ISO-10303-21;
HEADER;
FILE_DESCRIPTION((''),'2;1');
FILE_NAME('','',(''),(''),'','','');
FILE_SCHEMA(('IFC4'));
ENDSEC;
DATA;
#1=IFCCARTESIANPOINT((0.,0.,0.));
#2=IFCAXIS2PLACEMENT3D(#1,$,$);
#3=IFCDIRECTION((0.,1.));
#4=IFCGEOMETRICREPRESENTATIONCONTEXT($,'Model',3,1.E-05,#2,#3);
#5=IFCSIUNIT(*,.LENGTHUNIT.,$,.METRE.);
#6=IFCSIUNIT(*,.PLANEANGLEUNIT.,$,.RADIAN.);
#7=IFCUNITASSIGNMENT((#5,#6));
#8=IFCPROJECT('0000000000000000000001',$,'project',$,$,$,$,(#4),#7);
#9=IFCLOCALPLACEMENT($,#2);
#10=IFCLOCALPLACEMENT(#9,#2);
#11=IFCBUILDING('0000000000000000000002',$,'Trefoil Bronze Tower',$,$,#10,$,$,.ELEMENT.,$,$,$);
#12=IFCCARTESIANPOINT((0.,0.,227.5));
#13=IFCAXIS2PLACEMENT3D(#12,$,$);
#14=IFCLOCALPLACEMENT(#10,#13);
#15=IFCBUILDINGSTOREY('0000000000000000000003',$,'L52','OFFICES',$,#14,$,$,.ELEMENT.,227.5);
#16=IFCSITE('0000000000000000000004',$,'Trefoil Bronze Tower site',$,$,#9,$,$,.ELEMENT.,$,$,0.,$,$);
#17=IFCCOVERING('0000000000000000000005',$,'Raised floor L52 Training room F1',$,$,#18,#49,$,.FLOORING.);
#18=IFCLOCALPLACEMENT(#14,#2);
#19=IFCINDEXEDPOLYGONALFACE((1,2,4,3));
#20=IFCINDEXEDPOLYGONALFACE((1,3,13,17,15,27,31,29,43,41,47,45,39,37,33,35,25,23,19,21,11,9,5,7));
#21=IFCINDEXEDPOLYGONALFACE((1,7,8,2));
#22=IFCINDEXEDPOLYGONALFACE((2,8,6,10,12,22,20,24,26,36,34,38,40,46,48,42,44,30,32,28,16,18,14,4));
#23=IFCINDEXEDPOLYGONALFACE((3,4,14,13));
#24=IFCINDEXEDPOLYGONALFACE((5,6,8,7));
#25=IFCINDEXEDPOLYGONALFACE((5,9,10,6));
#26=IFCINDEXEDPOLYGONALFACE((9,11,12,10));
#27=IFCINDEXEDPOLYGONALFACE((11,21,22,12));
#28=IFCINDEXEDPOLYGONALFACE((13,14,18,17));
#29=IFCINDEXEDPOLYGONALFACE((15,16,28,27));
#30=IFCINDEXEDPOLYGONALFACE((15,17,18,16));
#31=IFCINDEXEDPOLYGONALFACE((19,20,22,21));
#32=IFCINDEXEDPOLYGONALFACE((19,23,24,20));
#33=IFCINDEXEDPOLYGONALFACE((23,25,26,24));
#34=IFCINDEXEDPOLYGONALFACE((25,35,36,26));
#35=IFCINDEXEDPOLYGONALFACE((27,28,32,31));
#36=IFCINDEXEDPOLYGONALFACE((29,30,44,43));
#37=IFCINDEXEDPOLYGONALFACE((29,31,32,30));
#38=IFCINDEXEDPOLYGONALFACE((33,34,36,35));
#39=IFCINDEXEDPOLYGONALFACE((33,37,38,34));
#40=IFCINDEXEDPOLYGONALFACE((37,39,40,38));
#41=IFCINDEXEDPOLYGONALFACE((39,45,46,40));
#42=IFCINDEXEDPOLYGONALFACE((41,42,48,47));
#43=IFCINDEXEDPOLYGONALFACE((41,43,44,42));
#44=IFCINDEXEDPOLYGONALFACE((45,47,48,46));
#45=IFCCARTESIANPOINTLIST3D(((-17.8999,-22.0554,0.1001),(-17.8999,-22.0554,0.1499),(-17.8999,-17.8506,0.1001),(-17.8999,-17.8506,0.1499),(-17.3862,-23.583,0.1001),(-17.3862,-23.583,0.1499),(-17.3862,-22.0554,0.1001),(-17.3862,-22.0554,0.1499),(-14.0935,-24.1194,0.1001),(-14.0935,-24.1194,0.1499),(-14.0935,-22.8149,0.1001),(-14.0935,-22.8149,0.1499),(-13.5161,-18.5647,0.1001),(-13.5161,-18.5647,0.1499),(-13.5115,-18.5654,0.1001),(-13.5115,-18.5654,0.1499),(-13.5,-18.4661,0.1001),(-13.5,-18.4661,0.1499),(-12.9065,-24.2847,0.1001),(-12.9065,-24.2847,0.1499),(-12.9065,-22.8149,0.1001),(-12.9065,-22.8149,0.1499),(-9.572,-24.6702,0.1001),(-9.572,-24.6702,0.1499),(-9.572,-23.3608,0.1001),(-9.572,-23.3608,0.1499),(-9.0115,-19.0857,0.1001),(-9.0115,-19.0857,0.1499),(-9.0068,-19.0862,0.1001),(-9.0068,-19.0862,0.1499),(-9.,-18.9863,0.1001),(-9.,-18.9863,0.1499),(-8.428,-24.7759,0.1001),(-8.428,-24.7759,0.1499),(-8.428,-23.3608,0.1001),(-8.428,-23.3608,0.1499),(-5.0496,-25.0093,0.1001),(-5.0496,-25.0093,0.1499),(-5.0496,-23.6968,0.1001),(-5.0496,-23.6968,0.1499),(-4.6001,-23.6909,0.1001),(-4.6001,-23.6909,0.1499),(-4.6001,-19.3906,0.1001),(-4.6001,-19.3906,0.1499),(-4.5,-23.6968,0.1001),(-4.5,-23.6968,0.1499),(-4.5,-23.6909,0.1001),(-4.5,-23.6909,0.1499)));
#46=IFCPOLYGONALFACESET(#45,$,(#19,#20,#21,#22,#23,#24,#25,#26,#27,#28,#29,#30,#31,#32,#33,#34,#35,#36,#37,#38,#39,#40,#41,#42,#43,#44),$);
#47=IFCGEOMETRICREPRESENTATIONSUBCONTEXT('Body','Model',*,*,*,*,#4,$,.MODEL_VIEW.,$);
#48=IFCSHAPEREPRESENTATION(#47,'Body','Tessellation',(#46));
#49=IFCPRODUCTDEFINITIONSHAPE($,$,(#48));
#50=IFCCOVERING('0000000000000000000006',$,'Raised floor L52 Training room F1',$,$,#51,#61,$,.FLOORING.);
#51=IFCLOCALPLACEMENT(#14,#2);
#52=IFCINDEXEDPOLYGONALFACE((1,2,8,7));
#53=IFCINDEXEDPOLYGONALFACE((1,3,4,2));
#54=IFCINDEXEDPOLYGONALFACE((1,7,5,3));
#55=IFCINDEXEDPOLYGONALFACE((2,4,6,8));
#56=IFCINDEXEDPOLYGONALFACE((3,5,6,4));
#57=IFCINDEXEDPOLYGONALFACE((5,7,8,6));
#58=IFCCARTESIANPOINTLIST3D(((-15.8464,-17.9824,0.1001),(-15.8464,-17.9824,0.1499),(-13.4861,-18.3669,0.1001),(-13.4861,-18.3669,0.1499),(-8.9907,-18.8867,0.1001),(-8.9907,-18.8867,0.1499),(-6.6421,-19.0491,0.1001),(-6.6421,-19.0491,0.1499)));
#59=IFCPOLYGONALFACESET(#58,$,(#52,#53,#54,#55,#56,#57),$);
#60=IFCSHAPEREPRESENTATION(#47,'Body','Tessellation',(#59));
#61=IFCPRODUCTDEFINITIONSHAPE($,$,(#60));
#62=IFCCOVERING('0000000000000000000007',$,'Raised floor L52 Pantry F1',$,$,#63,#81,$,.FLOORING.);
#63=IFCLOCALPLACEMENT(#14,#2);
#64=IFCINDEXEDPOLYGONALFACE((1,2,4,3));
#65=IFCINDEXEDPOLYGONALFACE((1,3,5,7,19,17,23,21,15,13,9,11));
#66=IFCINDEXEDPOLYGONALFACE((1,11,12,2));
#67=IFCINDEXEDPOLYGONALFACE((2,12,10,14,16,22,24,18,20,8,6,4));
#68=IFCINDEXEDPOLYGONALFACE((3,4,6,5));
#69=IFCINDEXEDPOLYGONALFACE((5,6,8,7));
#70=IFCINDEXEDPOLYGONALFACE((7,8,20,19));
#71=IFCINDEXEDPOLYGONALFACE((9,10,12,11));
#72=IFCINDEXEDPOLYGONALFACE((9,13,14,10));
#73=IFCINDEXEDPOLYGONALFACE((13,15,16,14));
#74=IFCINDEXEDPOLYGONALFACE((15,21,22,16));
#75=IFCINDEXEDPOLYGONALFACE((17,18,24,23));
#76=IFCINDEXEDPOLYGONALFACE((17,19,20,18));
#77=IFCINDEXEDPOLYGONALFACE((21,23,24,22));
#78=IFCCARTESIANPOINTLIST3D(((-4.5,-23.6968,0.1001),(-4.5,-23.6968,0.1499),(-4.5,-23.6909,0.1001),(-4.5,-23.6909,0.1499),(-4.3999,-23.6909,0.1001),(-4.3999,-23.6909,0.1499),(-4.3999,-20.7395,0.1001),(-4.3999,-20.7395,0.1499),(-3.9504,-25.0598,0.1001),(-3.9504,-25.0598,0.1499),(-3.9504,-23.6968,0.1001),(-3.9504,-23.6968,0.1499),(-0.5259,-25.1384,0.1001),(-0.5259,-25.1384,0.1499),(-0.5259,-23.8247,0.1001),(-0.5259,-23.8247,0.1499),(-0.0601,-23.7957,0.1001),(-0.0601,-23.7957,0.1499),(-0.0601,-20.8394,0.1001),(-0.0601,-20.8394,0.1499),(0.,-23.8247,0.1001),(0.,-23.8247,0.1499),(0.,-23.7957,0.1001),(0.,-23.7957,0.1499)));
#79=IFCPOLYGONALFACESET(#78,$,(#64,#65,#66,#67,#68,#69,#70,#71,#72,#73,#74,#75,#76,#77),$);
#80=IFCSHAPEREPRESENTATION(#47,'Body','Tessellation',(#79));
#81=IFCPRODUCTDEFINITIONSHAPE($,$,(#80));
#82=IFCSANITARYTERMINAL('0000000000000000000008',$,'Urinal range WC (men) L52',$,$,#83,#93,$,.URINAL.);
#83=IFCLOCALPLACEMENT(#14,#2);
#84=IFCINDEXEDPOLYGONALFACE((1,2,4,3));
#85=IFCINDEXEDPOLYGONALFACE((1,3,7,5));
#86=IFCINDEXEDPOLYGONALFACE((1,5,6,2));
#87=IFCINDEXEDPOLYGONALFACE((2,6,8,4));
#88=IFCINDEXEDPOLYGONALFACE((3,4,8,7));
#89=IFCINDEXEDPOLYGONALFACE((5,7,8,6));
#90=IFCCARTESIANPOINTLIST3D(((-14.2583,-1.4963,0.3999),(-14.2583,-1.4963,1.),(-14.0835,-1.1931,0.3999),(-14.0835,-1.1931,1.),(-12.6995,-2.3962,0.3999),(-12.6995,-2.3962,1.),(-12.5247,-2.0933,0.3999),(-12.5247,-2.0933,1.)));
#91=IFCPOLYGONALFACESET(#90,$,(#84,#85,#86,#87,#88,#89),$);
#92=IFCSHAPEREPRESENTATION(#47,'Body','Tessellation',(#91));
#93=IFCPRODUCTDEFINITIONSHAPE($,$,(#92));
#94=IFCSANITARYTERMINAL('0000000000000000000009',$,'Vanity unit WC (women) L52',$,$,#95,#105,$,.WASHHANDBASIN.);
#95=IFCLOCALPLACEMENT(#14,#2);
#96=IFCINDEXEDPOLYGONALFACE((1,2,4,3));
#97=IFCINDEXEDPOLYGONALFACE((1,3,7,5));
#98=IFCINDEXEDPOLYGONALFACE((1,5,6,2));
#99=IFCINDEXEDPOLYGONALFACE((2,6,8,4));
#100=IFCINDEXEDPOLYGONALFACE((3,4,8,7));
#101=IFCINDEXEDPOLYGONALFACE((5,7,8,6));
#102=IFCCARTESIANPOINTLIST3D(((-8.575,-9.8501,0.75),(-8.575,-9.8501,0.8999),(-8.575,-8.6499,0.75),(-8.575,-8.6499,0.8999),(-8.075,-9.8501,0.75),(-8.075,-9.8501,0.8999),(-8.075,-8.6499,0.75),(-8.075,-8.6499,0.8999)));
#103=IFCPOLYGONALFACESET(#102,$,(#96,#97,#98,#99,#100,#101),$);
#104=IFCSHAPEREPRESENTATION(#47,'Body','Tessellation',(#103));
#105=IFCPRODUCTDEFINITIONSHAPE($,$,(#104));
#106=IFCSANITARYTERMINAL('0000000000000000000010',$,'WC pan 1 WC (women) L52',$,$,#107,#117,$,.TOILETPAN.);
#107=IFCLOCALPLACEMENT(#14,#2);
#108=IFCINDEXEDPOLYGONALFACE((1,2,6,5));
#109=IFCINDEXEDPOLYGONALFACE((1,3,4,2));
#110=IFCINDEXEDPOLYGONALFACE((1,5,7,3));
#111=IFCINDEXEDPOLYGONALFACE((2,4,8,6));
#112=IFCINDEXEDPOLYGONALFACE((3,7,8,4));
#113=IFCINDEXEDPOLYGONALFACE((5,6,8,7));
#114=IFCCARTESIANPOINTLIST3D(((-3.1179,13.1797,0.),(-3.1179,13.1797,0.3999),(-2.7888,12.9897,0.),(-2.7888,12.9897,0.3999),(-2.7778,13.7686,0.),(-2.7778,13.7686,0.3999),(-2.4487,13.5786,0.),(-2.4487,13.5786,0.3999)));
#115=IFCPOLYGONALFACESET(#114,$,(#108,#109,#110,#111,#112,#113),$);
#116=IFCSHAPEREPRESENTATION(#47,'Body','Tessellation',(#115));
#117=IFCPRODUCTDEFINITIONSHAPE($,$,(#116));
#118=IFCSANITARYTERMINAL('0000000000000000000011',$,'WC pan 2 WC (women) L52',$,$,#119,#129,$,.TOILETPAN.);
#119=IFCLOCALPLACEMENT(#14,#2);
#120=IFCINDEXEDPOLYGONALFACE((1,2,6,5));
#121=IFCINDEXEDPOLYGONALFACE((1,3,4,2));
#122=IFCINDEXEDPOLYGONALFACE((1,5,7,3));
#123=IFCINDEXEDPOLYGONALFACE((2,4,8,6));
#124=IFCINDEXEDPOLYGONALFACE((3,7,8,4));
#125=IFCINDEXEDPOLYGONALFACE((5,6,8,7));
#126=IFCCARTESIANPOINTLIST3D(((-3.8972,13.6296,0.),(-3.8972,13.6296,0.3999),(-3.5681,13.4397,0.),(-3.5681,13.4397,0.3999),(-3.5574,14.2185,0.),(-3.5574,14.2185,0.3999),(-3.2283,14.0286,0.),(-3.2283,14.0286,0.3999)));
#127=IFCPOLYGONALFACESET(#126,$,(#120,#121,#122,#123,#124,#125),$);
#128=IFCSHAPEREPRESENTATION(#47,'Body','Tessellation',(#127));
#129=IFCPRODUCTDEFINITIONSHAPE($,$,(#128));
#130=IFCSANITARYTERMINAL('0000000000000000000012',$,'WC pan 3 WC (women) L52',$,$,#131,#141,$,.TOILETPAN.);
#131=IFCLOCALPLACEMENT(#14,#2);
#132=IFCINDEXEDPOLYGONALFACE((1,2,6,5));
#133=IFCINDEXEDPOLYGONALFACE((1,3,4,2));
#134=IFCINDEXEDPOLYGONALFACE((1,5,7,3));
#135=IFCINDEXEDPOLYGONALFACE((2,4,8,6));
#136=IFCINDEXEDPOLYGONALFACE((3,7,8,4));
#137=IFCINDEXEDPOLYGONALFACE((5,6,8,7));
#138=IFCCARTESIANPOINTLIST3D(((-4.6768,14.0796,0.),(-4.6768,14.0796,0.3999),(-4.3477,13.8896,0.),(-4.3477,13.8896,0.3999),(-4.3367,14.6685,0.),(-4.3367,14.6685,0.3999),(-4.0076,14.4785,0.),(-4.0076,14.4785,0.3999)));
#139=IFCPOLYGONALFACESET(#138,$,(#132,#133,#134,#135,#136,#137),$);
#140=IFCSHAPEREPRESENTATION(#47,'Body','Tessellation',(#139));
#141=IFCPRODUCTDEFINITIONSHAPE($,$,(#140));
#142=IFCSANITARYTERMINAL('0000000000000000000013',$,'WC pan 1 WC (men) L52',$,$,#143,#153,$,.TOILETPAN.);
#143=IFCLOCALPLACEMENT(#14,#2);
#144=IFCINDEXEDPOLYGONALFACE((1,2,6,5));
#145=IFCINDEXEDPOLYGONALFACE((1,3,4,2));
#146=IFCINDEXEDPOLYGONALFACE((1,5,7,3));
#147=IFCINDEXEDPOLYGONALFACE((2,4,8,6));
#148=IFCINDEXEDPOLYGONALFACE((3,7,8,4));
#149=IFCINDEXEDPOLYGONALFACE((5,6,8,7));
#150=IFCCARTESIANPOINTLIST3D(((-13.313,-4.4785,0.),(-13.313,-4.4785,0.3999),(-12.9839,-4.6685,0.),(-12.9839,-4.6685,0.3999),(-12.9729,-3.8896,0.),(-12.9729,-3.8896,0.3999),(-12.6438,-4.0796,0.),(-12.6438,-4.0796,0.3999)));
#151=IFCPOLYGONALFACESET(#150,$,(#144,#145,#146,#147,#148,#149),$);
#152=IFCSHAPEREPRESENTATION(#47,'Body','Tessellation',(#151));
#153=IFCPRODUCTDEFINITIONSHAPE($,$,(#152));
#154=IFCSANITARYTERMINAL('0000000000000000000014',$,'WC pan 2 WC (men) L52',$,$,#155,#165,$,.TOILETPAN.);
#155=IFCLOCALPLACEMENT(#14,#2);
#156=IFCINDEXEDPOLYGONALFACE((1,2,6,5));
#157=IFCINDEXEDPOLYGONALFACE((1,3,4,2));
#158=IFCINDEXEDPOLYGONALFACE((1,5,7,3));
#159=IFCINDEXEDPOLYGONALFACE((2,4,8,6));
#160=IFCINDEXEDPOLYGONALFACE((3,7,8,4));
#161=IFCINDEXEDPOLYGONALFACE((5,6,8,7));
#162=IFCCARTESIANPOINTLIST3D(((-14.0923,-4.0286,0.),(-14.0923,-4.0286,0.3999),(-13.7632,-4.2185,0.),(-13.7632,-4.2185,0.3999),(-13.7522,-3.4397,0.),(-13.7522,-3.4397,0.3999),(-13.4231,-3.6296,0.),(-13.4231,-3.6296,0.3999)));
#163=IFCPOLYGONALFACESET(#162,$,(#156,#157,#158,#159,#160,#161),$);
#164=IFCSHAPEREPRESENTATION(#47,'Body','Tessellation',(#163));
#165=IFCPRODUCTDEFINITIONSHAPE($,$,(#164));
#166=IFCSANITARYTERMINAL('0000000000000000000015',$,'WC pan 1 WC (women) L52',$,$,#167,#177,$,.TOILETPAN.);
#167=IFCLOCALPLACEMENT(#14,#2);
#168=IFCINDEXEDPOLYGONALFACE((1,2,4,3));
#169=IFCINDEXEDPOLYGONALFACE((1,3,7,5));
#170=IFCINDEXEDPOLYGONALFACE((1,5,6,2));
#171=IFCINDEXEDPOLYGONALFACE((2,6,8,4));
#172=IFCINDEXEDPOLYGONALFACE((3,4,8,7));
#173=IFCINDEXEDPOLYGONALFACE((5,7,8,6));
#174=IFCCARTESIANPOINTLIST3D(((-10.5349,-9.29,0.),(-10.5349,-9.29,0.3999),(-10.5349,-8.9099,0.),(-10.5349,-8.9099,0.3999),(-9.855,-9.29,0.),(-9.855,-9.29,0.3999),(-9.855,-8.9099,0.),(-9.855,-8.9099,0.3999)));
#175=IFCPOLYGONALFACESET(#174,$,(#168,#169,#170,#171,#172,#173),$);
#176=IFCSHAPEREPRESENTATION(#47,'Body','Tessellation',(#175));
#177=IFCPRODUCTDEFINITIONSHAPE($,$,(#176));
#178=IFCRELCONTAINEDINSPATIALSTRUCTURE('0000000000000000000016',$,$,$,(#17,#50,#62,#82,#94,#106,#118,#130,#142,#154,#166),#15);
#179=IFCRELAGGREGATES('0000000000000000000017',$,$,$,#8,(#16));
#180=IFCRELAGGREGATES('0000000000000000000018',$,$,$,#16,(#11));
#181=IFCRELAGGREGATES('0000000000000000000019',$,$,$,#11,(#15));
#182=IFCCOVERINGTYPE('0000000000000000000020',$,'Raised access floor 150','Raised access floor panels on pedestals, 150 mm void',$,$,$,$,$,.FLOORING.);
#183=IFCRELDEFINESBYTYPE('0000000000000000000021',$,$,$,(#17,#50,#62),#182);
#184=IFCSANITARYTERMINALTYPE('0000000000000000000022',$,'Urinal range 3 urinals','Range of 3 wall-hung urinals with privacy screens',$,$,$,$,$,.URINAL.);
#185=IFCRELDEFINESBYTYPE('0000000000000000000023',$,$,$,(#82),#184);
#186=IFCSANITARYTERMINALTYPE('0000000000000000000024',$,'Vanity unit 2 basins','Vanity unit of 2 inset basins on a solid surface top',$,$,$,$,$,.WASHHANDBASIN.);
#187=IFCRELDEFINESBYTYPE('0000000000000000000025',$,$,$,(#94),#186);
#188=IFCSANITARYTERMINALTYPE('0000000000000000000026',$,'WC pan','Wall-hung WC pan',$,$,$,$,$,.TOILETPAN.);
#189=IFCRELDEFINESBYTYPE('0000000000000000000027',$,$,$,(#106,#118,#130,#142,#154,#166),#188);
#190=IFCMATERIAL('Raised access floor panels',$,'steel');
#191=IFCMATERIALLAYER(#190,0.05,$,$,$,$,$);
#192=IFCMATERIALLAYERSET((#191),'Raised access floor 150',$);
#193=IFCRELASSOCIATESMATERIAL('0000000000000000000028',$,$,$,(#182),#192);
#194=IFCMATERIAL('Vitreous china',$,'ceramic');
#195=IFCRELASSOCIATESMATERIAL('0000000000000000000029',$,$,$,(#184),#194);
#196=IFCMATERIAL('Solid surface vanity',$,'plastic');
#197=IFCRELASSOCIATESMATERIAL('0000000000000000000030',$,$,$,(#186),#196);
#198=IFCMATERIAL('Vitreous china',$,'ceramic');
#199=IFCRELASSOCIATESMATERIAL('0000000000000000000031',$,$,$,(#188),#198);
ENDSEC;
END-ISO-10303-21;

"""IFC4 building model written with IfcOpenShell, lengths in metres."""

from ifc_helpers import new_model, si_unit, direction, frame, origin, place, context, subcontext, project, spatial, polyline, outline, extrude, material, layer, layer_set, type_object, element, save


model = new_model("IFC4")

# Units and contexts
model_context = context("Model", 3, precision=1e-05, world=origin(), true_north=direction((0.0, 1.0)))
body_context = subcontext(model_context, "Body", "Model", "MODEL_VIEW")
ifc_project = project(units=[si_unit("LENGTHUNIT", "METRE"), si_unit("PLANEANGLEUNIT", "RADIAN")], contexts=[model_context])

# Site, building, storey
site_placement = place(None, origin())
site = spatial("IfcSite", under=ifc_project, at=site_placement, Name="Trefoil Bronze Tower site", CompositionType="ELEMENT", RefElevation=0.0)
building_placement = place(site_placement, origin())
building = spatial("IfcBuilding", under=site, at=building_placement, Name="Trefoil Bronze Tower", CompositionType="ELEMENT")
storey_placement = place(building_placement, frame((0.0, 0.0, 227.5)))
storey = spatial("IfcBuildingStorey", under=building, at=storey_placement, Name="L52", Description="OFFICES", CompositionType="ELEMENT", Elevation=227.5)

# Coverings
ifc_material_1 = material(Name="Raised access floor panels", Category="steel")
ifc_layer_1 = layer(ifc_material_1, 0.05)
ifc_layer_set_1 = layer_set([ifc_layer_1], Name="Raised access floor 150")
covering_type_1 = type_object("IfcCoveringType", Name="Raised access floor 150", Description="Raised access floor panels on pedestals, 150 mm void", PredefinedType="FLOORING", material=ifc_layer_set_1)
covering_1_placement = place(storey_placement, frame((0.0, 0.0, 0.1001)))
element("IfcCovering", 1, at=covering_1_placement, inside=storey, type_object=covering_type_1, Name="Raised floor L52 Training room F1", PredefinedType="FLOORING", context=body_context, shape_type="SweptSolid", body=[
    extrude(outline(polyline([(-12.9065, -24.2847), (-12.9065, -22.8149), (-14.0935, -22.8149), (-14.0935, -24.1194), (-17.3862, -23.583), (-17.3862, -22.0554), (-17.8999, -22.0554), (-17.8999, -17.8506), (-13.5161, -18.5647), (-13.5, -18.4661), (-13.5115, -18.5654), (-9.0115, -19.0857), (-9.0, -18.9863), (-9.0068, -19.0862), (-4.6001, -19.3906), (-4.6001, -23.6909), (-4.5, -23.6909), (-4.5, -23.6968), (-5.0496, -23.6968), (-5.0496, -25.0093), (-8.428, -24.7759), (-8.428, -23.3608), (-9.572, -23.3608), (-9.572, -24.6702), (-12.9065, -24.2847)])), origin(), (0.0, 0.0, 1.0), 0.0498),
])
covering_2_placement = place(storey_placement, frame((0.0, 0.0, 0.1001)))
element("IfcCovering", 2, at=covering_2_placement, inside=storey, type_object=covering_type_1, Name="Raised floor L52 Training room F1", PredefinedType="FLOORING", context=body_context, shape_type="SweptSolid", body=[
    extrude(outline(polyline([(-6.6421, -19.0491), (-8.9907, -18.8867), (-13.4861, -18.3669), (-15.8464, -17.9824), (-6.6421, -19.0491)])), origin(), (0.0, 0.0, 1.0), 0.0498),
])
covering_3_placement = place(storey_placement, frame((0.0, 0.0, 0.1001)))
element("IfcCovering", 3, at=covering_3_placement, inside=storey, type_object=covering_type_1, Name="Raised floor L52 Pantry F1", PredefinedType="FLOORING", context=body_context, shape_type="SweptSolid", body=[
    extrude(outline(polyline([(-4.5, -23.6909), (-4.3999, -23.6909), (-4.3999, -20.7395), (-0.0601, -20.8394), (-0.0601, -23.7957), (0.0, -23.7957), (0.0, -23.8247), (-0.5259, -23.8247), (-0.5259, -25.1384), (-3.9504, -25.0598), (-3.9504, -23.6968), (-4.5, -23.6968), (-4.5, -23.6909)])), origin(), (0.0, 0.0, 1.0), 0.0498),
])

# Sanitary terminals
ifc_material_2 = material(Name="Vitreous china", Category="ceramic")
sanitary_terminal_type_1 = type_object("IfcSanitaryTerminalType", Name="Urinal range 3 urinals", Description="Range of 3 wall-hung urinals with privacy screens", PredefinedType="URINAL", material=ifc_material_2)
sanitary_terminal_1_placement = place(storey_placement, frame((0.0, 0.0, 0.3999)))
element("IfcSanitaryTerminal", 4, at=sanitary_terminal_1_placement, inside=storey, type_object=sanitary_terminal_type_1, Name="Urinal range WC (men) L52", PredefinedType="URINAL", context=body_context, shape_type="SweptSolid", body=[
    extrude(outline(polyline([(-12.5247, -2.0933), (-12.6995, -2.3962), (-14.2583, -1.4963), (-14.0835, -1.1931), (-12.5247, -2.0933)])), origin(), (0.0, 0.0, 1.0), 0.6001),
])
ifc_material_3 = material(Name="Solid surface vanity", Category="plastic")
sanitary_terminal_type_2 = type_object("IfcSanitaryTerminalType", Name="Vanity unit 2 basins", Description="Vanity unit of 2 inset basins on a solid surface top", PredefinedType="WASHHANDBASIN", material=ifc_material_3)
sanitary_terminal_2_placement = place(storey_placement, frame((0.0, 0.0, 0.75)))
element("IfcSanitaryTerminal", 5, at=sanitary_terminal_2_placement, inside=storey, type_object=sanitary_terminal_type_2, Name="Vanity unit WC (women) L52", PredefinedType="WASHHANDBASIN", context=body_context, shape_type="SweptSolid", body=[
    extrude(outline(polyline([(-8.075, -8.6499), (-8.575, -8.6499), (-8.575, -9.8501), (-8.075, -9.8501), (-8.075, -8.6499)])), origin(), (0.0, 0.0, 1.0), 0.1499),
])
ifc_material_4 = material(Name="Vitreous china", Category="ceramic")
sanitary_terminal_type_3 = type_object("IfcSanitaryTerminalType", Name="WC pan", Description="Wall-hung WC pan", PredefinedType="TOILETPAN", material=ifc_material_4)
sanitary_terminal_3_placement = place(storey_placement, origin())
element("IfcSanitaryTerminal", 6, at=sanitary_terminal_3_placement, inside=storey, type_object=sanitary_terminal_type_3, Name="WC pan 1 WC (women) L52", PredefinedType="TOILETPAN", context=body_context, shape_type="SweptSolid", body=[
    extrude(outline(polyline([(-2.7888, 12.9897), (-2.4487, 13.5786), (-2.7778, 13.7686), (-3.1179, 13.1797), (-2.7888, 12.9897)])), origin(), (0.0, 0.0, 1.0), 0.3999),
])
sanitary_terminal_4_placement = place(storey_placement, origin())
element("IfcSanitaryTerminal", 7, at=sanitary_terminal_4_placement, inside=storey, type_object=sanitary_terminal_type_3, Name="WC pan 2 WC (women) L52", PredefinedType="TOILETPAN", context=body_context, shape_type="SweptSolid", body=[
    extrude(outline(polyline([(-3.5681, 13.4397), (-3.2283, 14.0286), (-3.5574, 14.2185), (-3.8972, 13.6296), (-3.5681, 13.4397)])), origin(), (0.0, 0.0, 1.0), 0.3999),
])
sanitary_terminal_5_placement = place(storey_placement, origin())
element("IfcSanitaryTerminal", 8, at=sanitary_terminal_5_placement, inside=storey, type_object=sanitary_terminal_type_3, Name="WC pan 3 WC (women) L52", PredefinedType="TOILETPAN", context=body_context, shape_type="SweptSolid", body=[
    extrude(outline(polyline([(-4.3477, 13.8896), (-4.0076, 14.4785), (-4.3367, 14.6685), (-4.6768, 14.0796), (-4.3477, 13.8896)])), origin(), (0.0, 0.0, 1.0), 0.3999),
])
sanitary_terminal_6_placement = place(storey_placement, origin())
element("IfcSanitaryTerminal", 9, at=sanitary_terminal_6_placement, inside=storey, type_object=sanitary_terminal_type_3, Name="WC pan 1 WC (men) L52", PredefinedType="TOILETPAN", context=body_context, shape_type="SweptSolid", body=[
    extrude(outline(polyline([(-12.6438, -4.0796), (-12.9839, -4.6685), (-13.313, -4.4785), (-12.9729, -3.8896), (-12.6438, -4.0796)])), origin(), (0.0, 0.0, 1.0), 0.3999),
])
sanitary_terminal_7_placement = place(storey_placement, origin())
element("IfcSanitaryTerminal", 10, at=sanitary_terminal_7_placement, inside=storey, type_object=sanitary_terminal_type_3, Name="WC pan 2 WC (men) L52", PredefinedType="TOILETPAN", context=body_context, shape_type="SweptSolid", body=[
    extrude(outline(polyline([(-13.4231, -3.6296), (-13.7632, -4.2185), (-14.0923, -4.0286), (-13.7522, -3.4397), (-13.4231, -3.6296)])), origin(), (0.0, 0.0, 1.0), 0.3999),
])
sanitary_terminal_8_placement = place(storey_placement, origin())
element("IfcSanitaryTerminal", 11, at=sanitary_terminal_8_placement, inside=storey, type_object=sanitary_terminal_type_3, Name="WC pan 1 WC (women) L52", PredefinedType="TOILETPAN", context=body_context, shape_type="SweptSolid", body=[
    extrude(outline(polyline([(-9.855, -8.9099), (-10.5349, -8.9099), (-10.5349, -9.29), (-9.855, -9.29), (-9.855, -8.9099)])), origin(), (0.0, 0.0, 1.0), 0.3999),
])

save(model, "model.ifc")
